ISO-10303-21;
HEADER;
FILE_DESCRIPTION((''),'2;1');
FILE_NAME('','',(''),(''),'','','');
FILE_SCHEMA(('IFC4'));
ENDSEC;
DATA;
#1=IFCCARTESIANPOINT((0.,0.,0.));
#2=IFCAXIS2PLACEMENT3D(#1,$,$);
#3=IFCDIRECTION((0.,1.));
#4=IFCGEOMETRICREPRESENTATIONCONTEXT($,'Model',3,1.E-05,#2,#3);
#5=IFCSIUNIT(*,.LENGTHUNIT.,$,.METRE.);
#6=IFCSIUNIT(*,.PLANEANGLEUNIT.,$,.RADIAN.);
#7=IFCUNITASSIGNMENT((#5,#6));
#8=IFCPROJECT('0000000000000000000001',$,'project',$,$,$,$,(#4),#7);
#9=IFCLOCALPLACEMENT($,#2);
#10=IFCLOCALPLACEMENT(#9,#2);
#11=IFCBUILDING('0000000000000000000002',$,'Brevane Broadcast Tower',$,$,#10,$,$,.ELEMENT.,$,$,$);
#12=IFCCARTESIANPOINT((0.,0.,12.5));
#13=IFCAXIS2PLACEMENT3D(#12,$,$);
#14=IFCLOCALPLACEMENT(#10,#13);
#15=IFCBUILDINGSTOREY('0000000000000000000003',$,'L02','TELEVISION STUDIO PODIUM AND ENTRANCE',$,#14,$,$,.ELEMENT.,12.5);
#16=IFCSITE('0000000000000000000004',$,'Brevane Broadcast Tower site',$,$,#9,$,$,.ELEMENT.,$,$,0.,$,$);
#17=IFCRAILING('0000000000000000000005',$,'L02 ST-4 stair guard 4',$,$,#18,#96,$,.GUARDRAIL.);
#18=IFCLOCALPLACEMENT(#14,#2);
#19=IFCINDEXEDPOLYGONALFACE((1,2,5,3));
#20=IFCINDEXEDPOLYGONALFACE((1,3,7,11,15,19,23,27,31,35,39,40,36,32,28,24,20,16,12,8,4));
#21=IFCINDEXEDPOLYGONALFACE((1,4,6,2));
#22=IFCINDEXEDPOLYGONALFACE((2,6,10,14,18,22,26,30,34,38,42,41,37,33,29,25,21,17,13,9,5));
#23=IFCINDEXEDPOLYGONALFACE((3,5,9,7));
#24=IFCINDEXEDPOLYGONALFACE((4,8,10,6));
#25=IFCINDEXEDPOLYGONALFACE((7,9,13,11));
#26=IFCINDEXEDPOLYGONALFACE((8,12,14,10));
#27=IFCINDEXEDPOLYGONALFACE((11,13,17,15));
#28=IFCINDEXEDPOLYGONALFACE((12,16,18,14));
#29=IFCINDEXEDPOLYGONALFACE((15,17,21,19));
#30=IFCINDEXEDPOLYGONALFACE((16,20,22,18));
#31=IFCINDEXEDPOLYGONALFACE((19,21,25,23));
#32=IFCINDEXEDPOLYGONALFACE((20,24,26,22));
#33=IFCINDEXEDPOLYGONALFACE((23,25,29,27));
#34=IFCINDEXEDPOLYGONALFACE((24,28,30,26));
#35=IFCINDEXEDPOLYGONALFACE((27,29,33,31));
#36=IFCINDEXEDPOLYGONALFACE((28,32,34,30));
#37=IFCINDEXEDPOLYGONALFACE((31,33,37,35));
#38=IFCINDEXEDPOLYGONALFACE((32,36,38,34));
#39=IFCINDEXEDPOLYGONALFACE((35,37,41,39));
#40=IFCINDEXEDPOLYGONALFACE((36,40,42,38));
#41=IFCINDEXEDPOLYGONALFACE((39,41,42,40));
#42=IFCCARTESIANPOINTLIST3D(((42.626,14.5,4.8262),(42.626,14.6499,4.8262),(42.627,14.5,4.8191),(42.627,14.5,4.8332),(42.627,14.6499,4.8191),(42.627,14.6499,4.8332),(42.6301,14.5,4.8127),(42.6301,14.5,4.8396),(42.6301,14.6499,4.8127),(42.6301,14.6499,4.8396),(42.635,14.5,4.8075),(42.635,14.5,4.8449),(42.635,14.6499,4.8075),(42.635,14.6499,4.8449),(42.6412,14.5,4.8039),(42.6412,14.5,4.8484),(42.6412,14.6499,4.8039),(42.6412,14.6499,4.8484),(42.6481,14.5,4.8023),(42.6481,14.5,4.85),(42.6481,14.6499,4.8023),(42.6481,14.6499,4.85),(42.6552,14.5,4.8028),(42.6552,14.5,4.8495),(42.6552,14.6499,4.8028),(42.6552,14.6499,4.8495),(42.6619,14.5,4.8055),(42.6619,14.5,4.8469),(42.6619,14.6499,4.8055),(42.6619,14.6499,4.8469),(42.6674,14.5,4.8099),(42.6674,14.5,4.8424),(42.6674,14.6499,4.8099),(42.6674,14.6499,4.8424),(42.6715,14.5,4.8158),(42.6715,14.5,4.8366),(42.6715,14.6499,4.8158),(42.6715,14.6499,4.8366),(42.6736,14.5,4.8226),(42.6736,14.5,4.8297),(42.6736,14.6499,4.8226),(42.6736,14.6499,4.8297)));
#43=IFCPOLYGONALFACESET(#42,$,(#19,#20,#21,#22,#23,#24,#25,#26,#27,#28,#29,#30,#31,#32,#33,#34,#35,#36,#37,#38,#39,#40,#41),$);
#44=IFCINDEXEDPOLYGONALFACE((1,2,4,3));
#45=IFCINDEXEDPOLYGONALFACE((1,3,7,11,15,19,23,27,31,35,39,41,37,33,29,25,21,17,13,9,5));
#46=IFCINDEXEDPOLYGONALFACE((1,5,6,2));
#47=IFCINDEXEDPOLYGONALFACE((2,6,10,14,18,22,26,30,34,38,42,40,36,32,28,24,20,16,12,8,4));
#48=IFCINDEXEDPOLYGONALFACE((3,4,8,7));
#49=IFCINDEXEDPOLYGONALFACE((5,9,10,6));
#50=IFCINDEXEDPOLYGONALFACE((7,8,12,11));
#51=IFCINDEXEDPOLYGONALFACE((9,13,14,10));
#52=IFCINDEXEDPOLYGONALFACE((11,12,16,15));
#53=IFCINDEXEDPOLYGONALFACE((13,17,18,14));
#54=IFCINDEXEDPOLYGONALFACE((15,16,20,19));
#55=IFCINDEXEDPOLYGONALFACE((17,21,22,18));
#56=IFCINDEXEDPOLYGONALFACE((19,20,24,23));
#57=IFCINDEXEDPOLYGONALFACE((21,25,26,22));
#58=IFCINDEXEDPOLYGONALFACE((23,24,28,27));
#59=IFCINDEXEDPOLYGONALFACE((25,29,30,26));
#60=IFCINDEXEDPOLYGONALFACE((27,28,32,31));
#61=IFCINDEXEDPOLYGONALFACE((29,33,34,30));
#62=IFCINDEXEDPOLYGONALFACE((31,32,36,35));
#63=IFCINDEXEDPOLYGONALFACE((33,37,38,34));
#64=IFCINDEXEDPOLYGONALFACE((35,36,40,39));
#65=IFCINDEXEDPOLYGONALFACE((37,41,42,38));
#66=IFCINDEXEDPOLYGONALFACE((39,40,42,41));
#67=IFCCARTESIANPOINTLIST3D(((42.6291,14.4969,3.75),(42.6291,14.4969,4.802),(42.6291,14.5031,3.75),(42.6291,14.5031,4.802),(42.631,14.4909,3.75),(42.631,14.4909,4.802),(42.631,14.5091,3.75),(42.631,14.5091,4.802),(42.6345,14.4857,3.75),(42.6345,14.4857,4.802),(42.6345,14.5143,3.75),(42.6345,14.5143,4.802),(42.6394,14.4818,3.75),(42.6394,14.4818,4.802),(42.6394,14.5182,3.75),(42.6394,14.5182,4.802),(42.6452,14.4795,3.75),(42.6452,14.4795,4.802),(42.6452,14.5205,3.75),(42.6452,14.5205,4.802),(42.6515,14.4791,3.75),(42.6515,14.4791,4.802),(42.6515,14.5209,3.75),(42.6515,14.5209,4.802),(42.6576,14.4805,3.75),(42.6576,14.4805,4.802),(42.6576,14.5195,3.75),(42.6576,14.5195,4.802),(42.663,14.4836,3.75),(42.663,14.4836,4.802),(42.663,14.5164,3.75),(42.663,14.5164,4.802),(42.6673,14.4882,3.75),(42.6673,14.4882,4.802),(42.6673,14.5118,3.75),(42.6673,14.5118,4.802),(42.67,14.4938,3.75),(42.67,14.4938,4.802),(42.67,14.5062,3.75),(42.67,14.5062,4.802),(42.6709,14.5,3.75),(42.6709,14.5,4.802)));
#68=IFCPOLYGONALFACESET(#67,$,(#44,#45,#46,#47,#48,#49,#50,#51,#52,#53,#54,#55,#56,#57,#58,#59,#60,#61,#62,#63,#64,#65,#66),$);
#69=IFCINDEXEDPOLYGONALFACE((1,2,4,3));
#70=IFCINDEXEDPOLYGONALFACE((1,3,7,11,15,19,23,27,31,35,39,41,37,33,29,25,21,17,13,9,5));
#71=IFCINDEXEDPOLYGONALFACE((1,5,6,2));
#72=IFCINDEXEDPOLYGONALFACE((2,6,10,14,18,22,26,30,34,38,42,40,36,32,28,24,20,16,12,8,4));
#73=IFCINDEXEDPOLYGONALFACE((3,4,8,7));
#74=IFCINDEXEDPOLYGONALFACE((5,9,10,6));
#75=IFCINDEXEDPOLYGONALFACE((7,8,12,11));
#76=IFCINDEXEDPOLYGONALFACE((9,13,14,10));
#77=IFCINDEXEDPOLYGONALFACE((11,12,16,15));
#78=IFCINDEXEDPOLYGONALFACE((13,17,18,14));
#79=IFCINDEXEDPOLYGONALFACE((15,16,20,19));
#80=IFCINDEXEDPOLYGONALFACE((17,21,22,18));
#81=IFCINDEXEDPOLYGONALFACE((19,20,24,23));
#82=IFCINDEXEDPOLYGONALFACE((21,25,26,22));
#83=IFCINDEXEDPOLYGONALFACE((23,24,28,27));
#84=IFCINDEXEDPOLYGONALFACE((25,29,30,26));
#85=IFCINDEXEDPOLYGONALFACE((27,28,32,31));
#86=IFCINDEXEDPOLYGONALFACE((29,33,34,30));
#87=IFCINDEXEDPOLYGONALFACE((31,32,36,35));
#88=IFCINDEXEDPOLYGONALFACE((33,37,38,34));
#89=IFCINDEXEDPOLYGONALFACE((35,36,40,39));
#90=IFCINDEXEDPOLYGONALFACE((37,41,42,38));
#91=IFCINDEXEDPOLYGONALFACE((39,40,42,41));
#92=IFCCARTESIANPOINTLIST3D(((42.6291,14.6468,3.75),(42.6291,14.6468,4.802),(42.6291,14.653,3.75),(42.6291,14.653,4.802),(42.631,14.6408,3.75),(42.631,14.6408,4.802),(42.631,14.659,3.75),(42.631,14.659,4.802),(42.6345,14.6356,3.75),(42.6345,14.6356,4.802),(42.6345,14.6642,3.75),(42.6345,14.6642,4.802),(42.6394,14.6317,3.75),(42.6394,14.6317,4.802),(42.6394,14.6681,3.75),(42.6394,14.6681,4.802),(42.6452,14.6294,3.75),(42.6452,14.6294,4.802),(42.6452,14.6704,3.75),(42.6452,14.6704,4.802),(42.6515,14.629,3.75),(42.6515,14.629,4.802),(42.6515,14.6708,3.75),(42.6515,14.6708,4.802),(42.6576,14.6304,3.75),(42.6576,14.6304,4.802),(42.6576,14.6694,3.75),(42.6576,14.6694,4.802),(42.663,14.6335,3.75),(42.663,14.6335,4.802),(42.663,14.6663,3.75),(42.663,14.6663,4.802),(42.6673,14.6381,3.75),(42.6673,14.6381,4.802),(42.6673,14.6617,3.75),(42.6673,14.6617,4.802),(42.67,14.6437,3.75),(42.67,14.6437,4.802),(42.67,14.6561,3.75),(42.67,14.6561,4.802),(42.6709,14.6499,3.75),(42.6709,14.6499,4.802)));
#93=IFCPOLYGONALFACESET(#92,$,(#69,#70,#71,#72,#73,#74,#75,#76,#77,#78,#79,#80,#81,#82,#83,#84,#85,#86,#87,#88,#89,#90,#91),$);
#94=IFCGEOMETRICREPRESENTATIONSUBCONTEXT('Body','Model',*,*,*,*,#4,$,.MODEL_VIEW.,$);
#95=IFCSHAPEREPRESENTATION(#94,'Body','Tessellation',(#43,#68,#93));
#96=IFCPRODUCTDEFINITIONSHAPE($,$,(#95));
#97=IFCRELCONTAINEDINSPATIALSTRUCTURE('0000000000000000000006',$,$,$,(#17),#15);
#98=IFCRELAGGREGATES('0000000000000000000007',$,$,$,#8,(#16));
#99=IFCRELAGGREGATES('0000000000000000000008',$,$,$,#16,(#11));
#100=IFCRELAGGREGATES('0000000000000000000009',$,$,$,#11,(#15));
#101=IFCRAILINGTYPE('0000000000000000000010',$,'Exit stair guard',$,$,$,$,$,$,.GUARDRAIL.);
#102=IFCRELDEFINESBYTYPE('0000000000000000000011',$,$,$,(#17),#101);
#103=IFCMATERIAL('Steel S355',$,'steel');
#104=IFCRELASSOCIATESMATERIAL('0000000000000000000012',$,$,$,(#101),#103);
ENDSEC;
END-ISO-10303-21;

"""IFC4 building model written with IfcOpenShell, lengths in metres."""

from ifc_helpers import new_model, si_unit, direction, frame, origin, origin_2d, place, context, subcontext, project, spatial, circle, extrude, material, type_object, element, save


model = new_model("IFC4")

# Units and contexts
model_context = context("Model", 3, precision=1e-05, world=origin(), true_north=direction((0.0, 1.0)))
body_context = subcontext(model_context, "Body", "Model", "MODEL_VIEW")
ifc_project = project(units=[si_unit("LENGTHUNIT", "METRE"), si_unit("PLANEANGLEUNIT", "RADIAN")], contexts=[model_context])

# Site, building, storey
site_placement = place(None, origin())
site = spatial("IfcSite", under=ifc_project, at=site_placement, Name="Brevane Broadcast Tower site", CompositionType="ELEMENT", RefElevation=0.0)
building_placement = place(site_placement, origin())
building = spatial("IfcBuilding", under=site, at=building_placement, Name="Brevane Broadcast Tower", CompositionType="ELEMENT")
storey_placement = place(building_placement, frame((0.0, 0.0, 12.5)))
storey = spatial("IfcBuildingStorey", under=building, at=storey_placement, Name="L02", Description="TELEVISION STUDIO PODIUM AND ENTRANCE", CompositionType="ELEMENT", Elevation=12.5)

# Railing
ifc_material_1 = material(Name="Steel S355", Category="steel")
railing_type_1 = type_object("IfcRailingType", Name="Exit stair guard", PredefinedType="GUARDRAIL", material=ifc_material_1)
railing_1_placement = place(storey_placement, frame((42.6499, 14.5, 3.75)))
element("IfcRailing", 1, at=railing_1_placement, inside=storey, type_object=railing_type_1, Name="L02 ST-4 stair guard 4", PredefinedType="GUARDRAIL", context=body_context, shape_type="SweptSolid", body=[
    extrude(circle(Radius=0.0239, at=origin_2d()), frame((0.0, 0.0, 1.0762), z_axis=(0.0, 1.0, 0.0), x_axis=(-1.0, 0.0, 0.0)), (0.0, 0.0, 1.0), 0.1499),
    extrude(circle(Radius=0.021, at=origin_2d()), origin(), (0.0, 0.0, 1.0), 1.052),
    extrude(circle(Radius=0.021, at=origin_2d()), frame((0.0, 0.1499, 0.0)), (0.0, 0.0, 1.0), 1.052),
])

save(model, "model.ifc")
